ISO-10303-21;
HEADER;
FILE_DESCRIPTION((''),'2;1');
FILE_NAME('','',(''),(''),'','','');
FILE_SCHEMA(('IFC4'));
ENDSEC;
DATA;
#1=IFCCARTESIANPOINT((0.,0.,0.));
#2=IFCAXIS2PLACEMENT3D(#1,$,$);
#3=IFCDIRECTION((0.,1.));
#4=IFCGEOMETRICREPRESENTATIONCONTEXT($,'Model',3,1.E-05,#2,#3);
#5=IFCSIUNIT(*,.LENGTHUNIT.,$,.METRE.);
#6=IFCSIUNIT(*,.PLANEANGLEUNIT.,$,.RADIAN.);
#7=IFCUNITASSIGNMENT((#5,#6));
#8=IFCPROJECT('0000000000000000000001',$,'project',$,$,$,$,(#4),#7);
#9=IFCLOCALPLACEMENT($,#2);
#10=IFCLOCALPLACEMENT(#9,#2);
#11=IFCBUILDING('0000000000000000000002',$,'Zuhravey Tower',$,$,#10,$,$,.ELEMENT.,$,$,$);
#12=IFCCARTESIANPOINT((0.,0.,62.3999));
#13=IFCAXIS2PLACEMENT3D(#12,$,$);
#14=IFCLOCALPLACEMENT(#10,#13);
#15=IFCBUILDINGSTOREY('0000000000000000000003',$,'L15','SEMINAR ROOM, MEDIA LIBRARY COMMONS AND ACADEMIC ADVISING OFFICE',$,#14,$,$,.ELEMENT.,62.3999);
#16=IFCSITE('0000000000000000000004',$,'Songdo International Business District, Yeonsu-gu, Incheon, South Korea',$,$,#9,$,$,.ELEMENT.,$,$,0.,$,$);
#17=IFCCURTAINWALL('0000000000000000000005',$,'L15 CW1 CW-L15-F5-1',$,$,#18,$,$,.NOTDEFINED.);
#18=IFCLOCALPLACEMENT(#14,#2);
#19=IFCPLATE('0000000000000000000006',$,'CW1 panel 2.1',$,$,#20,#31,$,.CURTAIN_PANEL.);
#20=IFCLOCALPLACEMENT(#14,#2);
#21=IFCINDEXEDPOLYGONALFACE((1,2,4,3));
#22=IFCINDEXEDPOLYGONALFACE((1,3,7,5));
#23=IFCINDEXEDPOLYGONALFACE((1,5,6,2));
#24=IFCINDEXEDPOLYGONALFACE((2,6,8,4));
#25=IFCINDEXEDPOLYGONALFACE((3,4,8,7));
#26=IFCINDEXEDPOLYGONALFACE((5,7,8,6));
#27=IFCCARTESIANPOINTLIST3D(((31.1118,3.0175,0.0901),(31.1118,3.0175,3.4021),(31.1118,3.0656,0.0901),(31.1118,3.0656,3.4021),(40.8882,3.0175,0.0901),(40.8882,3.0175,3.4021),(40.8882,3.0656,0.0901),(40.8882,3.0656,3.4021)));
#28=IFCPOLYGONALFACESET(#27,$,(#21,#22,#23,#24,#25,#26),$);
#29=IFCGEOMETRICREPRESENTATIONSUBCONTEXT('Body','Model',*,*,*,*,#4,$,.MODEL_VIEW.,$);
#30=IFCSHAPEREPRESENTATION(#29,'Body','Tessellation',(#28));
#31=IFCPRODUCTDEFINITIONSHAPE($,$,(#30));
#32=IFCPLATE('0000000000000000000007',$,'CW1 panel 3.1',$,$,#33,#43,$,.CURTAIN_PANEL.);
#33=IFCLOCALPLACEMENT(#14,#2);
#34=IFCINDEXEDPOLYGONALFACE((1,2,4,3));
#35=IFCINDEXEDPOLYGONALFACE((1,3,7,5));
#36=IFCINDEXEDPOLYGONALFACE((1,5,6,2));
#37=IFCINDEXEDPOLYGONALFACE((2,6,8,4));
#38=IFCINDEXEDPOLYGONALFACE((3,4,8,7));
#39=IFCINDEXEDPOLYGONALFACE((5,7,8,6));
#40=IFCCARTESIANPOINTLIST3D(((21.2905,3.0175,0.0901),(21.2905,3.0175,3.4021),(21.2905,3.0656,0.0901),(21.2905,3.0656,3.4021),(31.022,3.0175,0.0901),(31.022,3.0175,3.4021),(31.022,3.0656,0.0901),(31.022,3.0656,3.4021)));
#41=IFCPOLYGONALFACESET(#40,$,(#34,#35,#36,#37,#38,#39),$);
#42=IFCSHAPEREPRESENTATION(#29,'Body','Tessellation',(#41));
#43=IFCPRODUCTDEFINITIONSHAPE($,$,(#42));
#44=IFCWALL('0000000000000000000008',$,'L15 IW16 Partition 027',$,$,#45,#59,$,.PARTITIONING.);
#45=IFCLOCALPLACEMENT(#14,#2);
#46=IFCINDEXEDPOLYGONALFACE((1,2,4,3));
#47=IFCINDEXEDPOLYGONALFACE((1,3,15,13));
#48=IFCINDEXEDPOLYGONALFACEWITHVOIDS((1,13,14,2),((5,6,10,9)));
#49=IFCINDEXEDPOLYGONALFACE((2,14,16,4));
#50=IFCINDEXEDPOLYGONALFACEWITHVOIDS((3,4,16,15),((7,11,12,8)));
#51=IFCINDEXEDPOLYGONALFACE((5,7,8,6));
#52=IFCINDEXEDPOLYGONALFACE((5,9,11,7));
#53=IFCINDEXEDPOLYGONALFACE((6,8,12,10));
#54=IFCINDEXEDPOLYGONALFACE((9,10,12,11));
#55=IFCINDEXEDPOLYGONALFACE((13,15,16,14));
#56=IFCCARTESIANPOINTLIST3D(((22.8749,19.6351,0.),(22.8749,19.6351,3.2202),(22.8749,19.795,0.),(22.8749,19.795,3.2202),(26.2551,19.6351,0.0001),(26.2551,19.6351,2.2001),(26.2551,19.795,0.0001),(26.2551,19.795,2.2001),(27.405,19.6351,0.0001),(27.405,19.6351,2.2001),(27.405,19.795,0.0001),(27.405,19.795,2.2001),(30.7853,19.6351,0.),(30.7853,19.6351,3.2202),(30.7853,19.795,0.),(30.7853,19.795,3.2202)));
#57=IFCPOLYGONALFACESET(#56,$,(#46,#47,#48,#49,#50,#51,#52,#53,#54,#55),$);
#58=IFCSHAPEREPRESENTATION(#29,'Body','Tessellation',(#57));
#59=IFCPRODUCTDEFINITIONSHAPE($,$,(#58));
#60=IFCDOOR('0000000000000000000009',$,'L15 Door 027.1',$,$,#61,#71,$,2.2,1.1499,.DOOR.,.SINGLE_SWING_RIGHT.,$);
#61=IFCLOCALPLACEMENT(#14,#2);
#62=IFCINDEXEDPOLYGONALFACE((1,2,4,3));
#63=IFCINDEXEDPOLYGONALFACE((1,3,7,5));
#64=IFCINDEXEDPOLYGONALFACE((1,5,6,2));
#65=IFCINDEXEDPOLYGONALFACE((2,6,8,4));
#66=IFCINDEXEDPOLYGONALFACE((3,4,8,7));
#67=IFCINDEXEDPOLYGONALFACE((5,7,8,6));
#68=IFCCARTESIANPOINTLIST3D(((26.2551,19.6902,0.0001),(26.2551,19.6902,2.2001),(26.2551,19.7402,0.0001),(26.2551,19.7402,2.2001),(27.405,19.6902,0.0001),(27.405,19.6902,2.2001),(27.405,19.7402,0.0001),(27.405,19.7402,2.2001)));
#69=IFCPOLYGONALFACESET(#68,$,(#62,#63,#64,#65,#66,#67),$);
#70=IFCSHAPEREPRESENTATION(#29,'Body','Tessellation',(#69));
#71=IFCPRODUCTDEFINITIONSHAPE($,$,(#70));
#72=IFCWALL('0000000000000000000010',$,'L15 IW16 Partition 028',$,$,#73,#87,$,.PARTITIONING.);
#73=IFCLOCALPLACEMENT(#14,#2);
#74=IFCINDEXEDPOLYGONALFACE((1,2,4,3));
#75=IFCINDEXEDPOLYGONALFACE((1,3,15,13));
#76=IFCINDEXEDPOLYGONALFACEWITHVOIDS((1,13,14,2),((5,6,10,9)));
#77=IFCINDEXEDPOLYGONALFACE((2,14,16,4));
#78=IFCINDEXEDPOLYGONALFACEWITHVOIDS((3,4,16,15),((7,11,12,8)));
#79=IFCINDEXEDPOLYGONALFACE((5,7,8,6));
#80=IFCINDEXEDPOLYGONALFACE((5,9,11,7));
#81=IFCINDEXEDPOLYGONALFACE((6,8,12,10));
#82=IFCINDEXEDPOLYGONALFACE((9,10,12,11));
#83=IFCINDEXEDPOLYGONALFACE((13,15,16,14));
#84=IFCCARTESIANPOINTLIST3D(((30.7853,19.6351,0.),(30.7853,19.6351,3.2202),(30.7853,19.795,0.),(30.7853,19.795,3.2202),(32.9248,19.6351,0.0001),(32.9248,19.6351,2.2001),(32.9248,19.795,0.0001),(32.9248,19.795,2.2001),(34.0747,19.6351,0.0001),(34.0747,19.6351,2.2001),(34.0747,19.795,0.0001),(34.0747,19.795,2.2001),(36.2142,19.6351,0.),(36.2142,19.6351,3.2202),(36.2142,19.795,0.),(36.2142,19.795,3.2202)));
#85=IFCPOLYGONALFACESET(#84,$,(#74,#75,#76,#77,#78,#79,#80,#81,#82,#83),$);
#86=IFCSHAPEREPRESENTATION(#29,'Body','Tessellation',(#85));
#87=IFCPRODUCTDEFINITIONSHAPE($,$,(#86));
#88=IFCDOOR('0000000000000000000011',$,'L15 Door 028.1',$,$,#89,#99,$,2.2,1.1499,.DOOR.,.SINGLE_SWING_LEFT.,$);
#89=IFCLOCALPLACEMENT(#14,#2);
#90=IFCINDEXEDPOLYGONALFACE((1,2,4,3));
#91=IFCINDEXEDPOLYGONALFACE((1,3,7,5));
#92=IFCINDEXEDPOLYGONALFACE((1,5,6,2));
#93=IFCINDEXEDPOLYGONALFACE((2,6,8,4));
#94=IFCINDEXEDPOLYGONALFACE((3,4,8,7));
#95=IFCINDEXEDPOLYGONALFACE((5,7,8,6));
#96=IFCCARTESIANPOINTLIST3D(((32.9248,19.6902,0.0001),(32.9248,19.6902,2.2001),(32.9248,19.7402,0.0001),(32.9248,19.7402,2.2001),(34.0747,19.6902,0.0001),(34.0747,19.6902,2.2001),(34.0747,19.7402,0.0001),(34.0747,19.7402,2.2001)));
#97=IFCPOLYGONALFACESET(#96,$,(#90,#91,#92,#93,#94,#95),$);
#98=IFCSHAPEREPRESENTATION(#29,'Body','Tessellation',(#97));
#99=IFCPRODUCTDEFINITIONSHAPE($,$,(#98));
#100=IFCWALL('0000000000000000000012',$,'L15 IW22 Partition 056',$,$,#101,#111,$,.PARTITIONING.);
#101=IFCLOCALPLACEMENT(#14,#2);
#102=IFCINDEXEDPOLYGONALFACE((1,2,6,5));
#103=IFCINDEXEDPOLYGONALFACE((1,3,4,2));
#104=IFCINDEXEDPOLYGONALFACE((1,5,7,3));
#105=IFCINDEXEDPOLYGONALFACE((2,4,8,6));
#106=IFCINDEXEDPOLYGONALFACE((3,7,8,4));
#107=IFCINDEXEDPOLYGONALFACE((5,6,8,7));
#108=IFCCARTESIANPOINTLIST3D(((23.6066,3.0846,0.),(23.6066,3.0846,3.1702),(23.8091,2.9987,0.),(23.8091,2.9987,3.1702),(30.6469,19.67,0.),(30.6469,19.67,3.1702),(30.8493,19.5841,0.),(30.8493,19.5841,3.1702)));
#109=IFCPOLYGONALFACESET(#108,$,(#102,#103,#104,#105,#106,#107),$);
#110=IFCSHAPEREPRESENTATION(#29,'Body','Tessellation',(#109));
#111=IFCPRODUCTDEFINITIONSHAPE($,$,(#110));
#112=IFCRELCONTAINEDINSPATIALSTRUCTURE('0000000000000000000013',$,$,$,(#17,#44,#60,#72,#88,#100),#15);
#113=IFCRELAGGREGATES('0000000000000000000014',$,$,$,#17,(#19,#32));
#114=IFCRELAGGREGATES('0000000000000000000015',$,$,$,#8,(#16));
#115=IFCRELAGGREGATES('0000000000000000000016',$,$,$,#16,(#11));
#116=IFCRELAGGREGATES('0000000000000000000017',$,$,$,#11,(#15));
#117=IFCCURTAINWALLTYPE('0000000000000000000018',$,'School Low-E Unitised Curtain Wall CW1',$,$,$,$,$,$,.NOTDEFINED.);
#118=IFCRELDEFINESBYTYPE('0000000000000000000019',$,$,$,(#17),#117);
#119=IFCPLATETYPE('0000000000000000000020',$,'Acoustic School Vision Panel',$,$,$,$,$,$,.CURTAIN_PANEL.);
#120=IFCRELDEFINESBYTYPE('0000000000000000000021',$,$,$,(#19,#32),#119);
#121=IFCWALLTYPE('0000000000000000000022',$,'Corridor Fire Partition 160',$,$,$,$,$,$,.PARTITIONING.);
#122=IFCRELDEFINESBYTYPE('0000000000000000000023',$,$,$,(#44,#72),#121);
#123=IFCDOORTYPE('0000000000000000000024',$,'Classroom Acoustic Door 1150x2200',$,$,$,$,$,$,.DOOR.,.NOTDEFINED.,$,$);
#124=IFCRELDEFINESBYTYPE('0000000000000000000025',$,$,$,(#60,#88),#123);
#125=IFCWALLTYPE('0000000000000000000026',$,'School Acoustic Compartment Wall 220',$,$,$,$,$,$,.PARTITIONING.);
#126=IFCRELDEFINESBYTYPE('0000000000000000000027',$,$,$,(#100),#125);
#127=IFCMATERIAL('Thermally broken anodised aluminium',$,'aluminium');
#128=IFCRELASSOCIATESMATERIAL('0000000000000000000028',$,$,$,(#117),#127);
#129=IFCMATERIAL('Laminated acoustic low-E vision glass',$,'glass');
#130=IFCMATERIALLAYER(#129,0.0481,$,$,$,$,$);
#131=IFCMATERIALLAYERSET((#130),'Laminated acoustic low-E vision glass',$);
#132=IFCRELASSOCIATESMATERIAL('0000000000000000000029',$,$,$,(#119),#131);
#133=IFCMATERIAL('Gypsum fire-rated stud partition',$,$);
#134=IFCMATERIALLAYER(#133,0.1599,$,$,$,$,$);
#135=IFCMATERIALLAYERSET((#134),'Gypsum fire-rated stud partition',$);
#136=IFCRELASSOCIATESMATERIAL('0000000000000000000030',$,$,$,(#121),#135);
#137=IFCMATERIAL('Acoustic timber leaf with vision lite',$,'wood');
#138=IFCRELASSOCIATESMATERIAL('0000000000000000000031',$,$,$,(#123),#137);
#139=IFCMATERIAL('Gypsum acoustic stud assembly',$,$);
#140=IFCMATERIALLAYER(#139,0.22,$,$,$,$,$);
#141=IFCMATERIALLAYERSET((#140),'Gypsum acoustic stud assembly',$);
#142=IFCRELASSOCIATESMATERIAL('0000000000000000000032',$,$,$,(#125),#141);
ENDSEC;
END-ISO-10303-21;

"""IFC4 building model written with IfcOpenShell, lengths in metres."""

from ifc_helpers import new_model, si_unit, direction, frame, frame_2d, origin, origin_2d, place, context, subcontext, project, spatial, rectangle, extrude, material, layer, layer_set, type_object, element, fill, aggregate, save


model = new_model("IFC4")

# Units and contexts
model_context = context("Model", 3, precision=1e-05, world=origin(), true_north=direction((0.0, 1.0)))
body_context = subcontext(model_context, "Body", "Model", "MODEL_VIEW")
ifc_project = project(units=[si_unit("LENGTHUNIT", "METRE"), si_unit("PLANEANGLEUNIT", "RADIAN")], contexts=[model_context])

# Site, building, storey
site_placement = place(None, origin())
site = spatial("IfcSite", under=ifc_project, at=site_placement, Name="Songdo International Business District, Yeonsu-gu, Incheon, South Korea", CompositionType="ELEMENT", RefElevation=0.0)
building_placement = place(site_placement, origin())
building = spatial("IfcBuilding", under=site, at=building_placement, Name="Zuhravey Tower", CompositionType="ELEMENT")
storey_placement = place(building_placement, frame((0.0, 0.0, 62.3999)))
storey = spatial("IfcBuildingStorey", under=building, at=storey_placement, Name="L15", Description="SEMINAR ROOM, MEDIA LIBRARY COMMONS AND ACADEMIC ADVISING OFFICE", CompositionType="ELEMENT", Elevation=62.3999)

# Curtain wall
ifc_material_1 = material(Name="Thermally broken anodised aluminium", Category="aluminium")
curtain_wall_type = type_object("IfcCurtainWallType", Name="School Low-E Unitised Curtain Wall CW1", PredefinedType="NOTDEFINED", material=ifc_material_1)
curtain_wall_placement = place(storey_placement, origin())
curtain_wall = element("IfcCurtainWall", 1, at=curtain_wall_placement, inside=storey, type_object=curtain_wall_type, Name="L15 CW1 CW-L15-F5-1", PredefinedType="NOTDEFINED")

# Plates
ifc_material_2 = material(Name="Laminated acoustic low-E vision glass", Category="glass")
ifc_layer_1 = layer(ifc_material_2, 0.0481)
ifc_layer_set_1 = layer_set([ifc_layer_1], Name="Laminated acoustic low-E vision glass")
plate_type = type_object("IfcPlateType", Name="Acoustic School Vision Panel", PredefinedType="CURTAIN_PANEL", material=ifc_layer_set_1)
plate_1_placement = place(storey_placement, frame((36.0, 3.0415, 0.0901), z_axis=(0.0, 0.0, 1.0), x_axis=(-1.0, 0.0, 0.0)))
plate_1 = element("IfcPlate", 2, at=plate_1_placement, type_object=plate_type, Name="CW1 panel 2.1", PredefinedType="CURTAIN_PANEL", context=body_context, shape_type="SweptSolid", body=[
    extrude(rectangle(XDim=9.7764, YDim=0.0481, at=origin_2d()), origin(), (0.0, 0.0, 1.0), 3.312),
])
plate_2_placement = place(storey_placement, frame((26.1562, 3.0415, 0.0901), z_axis=(0.0, 0.0, 1.0), x_axis=(-1.0, 0.0, 0.0)))
plate_2 = element("IfcPlate", 3, at=plate_2_placement, type_object=plate_type, Name="CW1 panel 3.1", PredefinedType="CURTAIN_PANEL", context=body_context, shape_type="SweptSolid", body=[
    extrude(rectangle(XDim=9.7314, YDim=0.0481, at=origin_2d()), origin(), (0.0, 0.0, 1.0), 3.312),
])
aggregate(curtain_wall, [plate_1, plate_2])

# Walls, openings, doors
ifc_material_3 = material(Name="Gypsum fire-rated stud partition")
ifc_layer_2 = layer(ifc_material_3, 0.1599)
ifc_layer_set_2 = layer_set([ifc_layer_2], Name="Gypsum fire-rated stud partition")
wall_type_1 = type_object("IfcWallType", Name="Corridor Fire Partition 160", PredefinedType="PARTITIONING", material=ifc_layer_set_2)
wall_1_placement = place(storey_placement, frame((22.875, 19.7151, 0.0), z_axis=(0.0, 0.0, 1.0), x_axis=(1.0, 0.0, 0.0)))
wall_1 = element("IfcWall", 4, at=wall_1_placement, inside=storey, type_object=wall_type_1, Name="L15 IW16 Partition 027", PredefinedType="PARTITIONING", context=body_context, shape_type="SweptSolid", body=[
    extrude(rectangle(XDim=7.9104, YDim=0.1599, at=frame_2d((3.9551, 0.0))), origin(), (0.0, 0.0, 1.0), 3.2202),
])
opening_1_placement = place(wall_1_placement, frame((3.3801, 0.0, 0.0)))
opening_1 = element("IfcOpeningElement", 5, at=opening_1_placement, cuts=wall_1, PredefinedType="OPENING", context=body_context, shape_type="SweptSolid", body=[
    extrude(rectangle(XDim=1.1499, YDim=2.2, at=frame_2d((0.575, 1.1001))), frame((0.0, 0.092, 0.0), z_axis=(0.0, -1.0, 0.0), x_axis=(1.0, 0.0, 0.0)), (0.0, 0.0, 1.0), 0.1838),
])
ifc_material_4 = material(Name="Acoustic timber leaf with vision lite", Category="wood")
door_type_1 = type_object("IfcDoorType", Name="Classroom Acoustic Door 1150x2200", OperationType="NOTDEFINED", PredefinedType="DOOR", material=ifc_material_4)
door_1_placement = place(opening_1_placement, frame((1.1499, 0.0, 0.0), z_axis=(0.0, 0.0, 1.0), x_axis=(-1.0, 0.0, 0.0)))
door_1 = element("IfcDoor", 6, at=door_1_placement, inside=storey, type_object=door_type_1, Name="L15 Door 027.1", OperationType="SINGLE_SWING_RIGHT", OverallHeight=2.2, OverallWidth=1.1499, PredefinedType="DOOR", context=body_context, shape_type="SweptSolid", body=[
    extrude(rectangle(XDim=1.1499, YDim=2.2, at=frame_2d((0.575, 1.1001))), frame((0.0, 0.0249, 0.0), z_axis=(0.0, -1.0, 0.0), x_axis=(1.0, 0.0, 0.0)), (0.0, 0.0, 1.0), 0.05),
])
fill(opening_1, door_1)
wall_2_placement = place(storey_placement, frame((30.7854, 19.7151, 0.0), z_axis=(0.0, 0.0, 1.0), x_axis=(1.0, 0.0, 0.0)))
wall_2 = element("IfcWall", 7, at=wall_2_placement, inside=storey, type_object=wall_type_1, Name="L15 IW16 Partition 028", PredefinedType="PARTITIONING", context=body_context, shape_type="SweptSolid", body=[
    extrude(rectangle(XDim=5.429, YDim=0.1599, at=frame_2d((2.7144, 0.0))), origin(), (0.0, 0.0, 1.0), 3.2202),
])
opening_2_placement = place(wall_2_placement, frame((2.1394, 0.0, 0.0)))
opening_2 = element("IfcOpeningElement", 8, at=opening_2_placement, cuts=wall_2, PredefinedType="OPENING", context=body_context, shape_type="SweptSolid", body=[
    extrude(rectangle(XDim=1.1499, YDim=2.2, at=frame_2d((0.575, 1.1001))), frame((0.0, 0.092, 0.0), z_axis=(0.0, -1.0, 0.0), x_axis=(1.0, 0.0, 0.0)), (0.0, 0.0, 1.0), 0.1838),
])
door_2_placement = place(opening_2_placement, frame((1.1499, 0.0, 0.0), z_axis=(0.0, 0.0, 1.0), x_axis=(-1.0, 0.0, 0.0)))
door_2 = element("IfcDoor", 9, at=door_2_placement, inside=storey, type_object=door_type_1, Name="L15 Door 028.1", OperationType="SINGLE_SWING_LEFT", OverallHeight=2.2, OverallWidth=1.1499, PredefinedType="DOOR", context=body_context, shape_type="SweptSolid", body=[
    extrude(rectangle(XDim=1.1499, YDim=2.2, at=frame_2d((0.575, 1.1001))), frame((0.0, 0.0249, 0.0), z_axis=(0.0, -1.0, 0.0), x_axis=(1.0, 0.0, 0.0)), (0.0, 0.0, 1.0), 0.05),
])
fill(opening_2, door_2)

# Wall
ifc_material_5 = material(Name="Gypsum acoustic stud assembly")
ifc_layer_3 = layer(ifc_material_5, 0.22)
ifc_layer_set_3 = layer_set([ifc_layer_3], Name="Gypsum acoustic stud assembly")
wall_type_2 = type_object("IfcWallType", Name="School Acoustic Compartment Wall 220", PredefinedType="PARTITIONING", material=ifc_layer_set_3)
wall_3_placement = place(storey_placement, frame((30.748, 19.627, 0.0), z_axis=(0.0, 0.0, 1.0), x_axis=(-0.390739, -0.920501, 0.0)))
element("IfcWall", 10, at=wall_3_placement, inside=storey, type_object=wall_type_2, Name="L15 IW22 Partition 056", PredefinedType="PARTITIONING", context=body_context, shape_type="SweptSolid", body=[
    extrude(rectangle(XDim=18.0178, YDim=0.22, at=frame_2d((9.0088, 0.0))), origin(), (0.0, 0.0, 1.0), 3.1702),
])

save(model, "model.ifc")
